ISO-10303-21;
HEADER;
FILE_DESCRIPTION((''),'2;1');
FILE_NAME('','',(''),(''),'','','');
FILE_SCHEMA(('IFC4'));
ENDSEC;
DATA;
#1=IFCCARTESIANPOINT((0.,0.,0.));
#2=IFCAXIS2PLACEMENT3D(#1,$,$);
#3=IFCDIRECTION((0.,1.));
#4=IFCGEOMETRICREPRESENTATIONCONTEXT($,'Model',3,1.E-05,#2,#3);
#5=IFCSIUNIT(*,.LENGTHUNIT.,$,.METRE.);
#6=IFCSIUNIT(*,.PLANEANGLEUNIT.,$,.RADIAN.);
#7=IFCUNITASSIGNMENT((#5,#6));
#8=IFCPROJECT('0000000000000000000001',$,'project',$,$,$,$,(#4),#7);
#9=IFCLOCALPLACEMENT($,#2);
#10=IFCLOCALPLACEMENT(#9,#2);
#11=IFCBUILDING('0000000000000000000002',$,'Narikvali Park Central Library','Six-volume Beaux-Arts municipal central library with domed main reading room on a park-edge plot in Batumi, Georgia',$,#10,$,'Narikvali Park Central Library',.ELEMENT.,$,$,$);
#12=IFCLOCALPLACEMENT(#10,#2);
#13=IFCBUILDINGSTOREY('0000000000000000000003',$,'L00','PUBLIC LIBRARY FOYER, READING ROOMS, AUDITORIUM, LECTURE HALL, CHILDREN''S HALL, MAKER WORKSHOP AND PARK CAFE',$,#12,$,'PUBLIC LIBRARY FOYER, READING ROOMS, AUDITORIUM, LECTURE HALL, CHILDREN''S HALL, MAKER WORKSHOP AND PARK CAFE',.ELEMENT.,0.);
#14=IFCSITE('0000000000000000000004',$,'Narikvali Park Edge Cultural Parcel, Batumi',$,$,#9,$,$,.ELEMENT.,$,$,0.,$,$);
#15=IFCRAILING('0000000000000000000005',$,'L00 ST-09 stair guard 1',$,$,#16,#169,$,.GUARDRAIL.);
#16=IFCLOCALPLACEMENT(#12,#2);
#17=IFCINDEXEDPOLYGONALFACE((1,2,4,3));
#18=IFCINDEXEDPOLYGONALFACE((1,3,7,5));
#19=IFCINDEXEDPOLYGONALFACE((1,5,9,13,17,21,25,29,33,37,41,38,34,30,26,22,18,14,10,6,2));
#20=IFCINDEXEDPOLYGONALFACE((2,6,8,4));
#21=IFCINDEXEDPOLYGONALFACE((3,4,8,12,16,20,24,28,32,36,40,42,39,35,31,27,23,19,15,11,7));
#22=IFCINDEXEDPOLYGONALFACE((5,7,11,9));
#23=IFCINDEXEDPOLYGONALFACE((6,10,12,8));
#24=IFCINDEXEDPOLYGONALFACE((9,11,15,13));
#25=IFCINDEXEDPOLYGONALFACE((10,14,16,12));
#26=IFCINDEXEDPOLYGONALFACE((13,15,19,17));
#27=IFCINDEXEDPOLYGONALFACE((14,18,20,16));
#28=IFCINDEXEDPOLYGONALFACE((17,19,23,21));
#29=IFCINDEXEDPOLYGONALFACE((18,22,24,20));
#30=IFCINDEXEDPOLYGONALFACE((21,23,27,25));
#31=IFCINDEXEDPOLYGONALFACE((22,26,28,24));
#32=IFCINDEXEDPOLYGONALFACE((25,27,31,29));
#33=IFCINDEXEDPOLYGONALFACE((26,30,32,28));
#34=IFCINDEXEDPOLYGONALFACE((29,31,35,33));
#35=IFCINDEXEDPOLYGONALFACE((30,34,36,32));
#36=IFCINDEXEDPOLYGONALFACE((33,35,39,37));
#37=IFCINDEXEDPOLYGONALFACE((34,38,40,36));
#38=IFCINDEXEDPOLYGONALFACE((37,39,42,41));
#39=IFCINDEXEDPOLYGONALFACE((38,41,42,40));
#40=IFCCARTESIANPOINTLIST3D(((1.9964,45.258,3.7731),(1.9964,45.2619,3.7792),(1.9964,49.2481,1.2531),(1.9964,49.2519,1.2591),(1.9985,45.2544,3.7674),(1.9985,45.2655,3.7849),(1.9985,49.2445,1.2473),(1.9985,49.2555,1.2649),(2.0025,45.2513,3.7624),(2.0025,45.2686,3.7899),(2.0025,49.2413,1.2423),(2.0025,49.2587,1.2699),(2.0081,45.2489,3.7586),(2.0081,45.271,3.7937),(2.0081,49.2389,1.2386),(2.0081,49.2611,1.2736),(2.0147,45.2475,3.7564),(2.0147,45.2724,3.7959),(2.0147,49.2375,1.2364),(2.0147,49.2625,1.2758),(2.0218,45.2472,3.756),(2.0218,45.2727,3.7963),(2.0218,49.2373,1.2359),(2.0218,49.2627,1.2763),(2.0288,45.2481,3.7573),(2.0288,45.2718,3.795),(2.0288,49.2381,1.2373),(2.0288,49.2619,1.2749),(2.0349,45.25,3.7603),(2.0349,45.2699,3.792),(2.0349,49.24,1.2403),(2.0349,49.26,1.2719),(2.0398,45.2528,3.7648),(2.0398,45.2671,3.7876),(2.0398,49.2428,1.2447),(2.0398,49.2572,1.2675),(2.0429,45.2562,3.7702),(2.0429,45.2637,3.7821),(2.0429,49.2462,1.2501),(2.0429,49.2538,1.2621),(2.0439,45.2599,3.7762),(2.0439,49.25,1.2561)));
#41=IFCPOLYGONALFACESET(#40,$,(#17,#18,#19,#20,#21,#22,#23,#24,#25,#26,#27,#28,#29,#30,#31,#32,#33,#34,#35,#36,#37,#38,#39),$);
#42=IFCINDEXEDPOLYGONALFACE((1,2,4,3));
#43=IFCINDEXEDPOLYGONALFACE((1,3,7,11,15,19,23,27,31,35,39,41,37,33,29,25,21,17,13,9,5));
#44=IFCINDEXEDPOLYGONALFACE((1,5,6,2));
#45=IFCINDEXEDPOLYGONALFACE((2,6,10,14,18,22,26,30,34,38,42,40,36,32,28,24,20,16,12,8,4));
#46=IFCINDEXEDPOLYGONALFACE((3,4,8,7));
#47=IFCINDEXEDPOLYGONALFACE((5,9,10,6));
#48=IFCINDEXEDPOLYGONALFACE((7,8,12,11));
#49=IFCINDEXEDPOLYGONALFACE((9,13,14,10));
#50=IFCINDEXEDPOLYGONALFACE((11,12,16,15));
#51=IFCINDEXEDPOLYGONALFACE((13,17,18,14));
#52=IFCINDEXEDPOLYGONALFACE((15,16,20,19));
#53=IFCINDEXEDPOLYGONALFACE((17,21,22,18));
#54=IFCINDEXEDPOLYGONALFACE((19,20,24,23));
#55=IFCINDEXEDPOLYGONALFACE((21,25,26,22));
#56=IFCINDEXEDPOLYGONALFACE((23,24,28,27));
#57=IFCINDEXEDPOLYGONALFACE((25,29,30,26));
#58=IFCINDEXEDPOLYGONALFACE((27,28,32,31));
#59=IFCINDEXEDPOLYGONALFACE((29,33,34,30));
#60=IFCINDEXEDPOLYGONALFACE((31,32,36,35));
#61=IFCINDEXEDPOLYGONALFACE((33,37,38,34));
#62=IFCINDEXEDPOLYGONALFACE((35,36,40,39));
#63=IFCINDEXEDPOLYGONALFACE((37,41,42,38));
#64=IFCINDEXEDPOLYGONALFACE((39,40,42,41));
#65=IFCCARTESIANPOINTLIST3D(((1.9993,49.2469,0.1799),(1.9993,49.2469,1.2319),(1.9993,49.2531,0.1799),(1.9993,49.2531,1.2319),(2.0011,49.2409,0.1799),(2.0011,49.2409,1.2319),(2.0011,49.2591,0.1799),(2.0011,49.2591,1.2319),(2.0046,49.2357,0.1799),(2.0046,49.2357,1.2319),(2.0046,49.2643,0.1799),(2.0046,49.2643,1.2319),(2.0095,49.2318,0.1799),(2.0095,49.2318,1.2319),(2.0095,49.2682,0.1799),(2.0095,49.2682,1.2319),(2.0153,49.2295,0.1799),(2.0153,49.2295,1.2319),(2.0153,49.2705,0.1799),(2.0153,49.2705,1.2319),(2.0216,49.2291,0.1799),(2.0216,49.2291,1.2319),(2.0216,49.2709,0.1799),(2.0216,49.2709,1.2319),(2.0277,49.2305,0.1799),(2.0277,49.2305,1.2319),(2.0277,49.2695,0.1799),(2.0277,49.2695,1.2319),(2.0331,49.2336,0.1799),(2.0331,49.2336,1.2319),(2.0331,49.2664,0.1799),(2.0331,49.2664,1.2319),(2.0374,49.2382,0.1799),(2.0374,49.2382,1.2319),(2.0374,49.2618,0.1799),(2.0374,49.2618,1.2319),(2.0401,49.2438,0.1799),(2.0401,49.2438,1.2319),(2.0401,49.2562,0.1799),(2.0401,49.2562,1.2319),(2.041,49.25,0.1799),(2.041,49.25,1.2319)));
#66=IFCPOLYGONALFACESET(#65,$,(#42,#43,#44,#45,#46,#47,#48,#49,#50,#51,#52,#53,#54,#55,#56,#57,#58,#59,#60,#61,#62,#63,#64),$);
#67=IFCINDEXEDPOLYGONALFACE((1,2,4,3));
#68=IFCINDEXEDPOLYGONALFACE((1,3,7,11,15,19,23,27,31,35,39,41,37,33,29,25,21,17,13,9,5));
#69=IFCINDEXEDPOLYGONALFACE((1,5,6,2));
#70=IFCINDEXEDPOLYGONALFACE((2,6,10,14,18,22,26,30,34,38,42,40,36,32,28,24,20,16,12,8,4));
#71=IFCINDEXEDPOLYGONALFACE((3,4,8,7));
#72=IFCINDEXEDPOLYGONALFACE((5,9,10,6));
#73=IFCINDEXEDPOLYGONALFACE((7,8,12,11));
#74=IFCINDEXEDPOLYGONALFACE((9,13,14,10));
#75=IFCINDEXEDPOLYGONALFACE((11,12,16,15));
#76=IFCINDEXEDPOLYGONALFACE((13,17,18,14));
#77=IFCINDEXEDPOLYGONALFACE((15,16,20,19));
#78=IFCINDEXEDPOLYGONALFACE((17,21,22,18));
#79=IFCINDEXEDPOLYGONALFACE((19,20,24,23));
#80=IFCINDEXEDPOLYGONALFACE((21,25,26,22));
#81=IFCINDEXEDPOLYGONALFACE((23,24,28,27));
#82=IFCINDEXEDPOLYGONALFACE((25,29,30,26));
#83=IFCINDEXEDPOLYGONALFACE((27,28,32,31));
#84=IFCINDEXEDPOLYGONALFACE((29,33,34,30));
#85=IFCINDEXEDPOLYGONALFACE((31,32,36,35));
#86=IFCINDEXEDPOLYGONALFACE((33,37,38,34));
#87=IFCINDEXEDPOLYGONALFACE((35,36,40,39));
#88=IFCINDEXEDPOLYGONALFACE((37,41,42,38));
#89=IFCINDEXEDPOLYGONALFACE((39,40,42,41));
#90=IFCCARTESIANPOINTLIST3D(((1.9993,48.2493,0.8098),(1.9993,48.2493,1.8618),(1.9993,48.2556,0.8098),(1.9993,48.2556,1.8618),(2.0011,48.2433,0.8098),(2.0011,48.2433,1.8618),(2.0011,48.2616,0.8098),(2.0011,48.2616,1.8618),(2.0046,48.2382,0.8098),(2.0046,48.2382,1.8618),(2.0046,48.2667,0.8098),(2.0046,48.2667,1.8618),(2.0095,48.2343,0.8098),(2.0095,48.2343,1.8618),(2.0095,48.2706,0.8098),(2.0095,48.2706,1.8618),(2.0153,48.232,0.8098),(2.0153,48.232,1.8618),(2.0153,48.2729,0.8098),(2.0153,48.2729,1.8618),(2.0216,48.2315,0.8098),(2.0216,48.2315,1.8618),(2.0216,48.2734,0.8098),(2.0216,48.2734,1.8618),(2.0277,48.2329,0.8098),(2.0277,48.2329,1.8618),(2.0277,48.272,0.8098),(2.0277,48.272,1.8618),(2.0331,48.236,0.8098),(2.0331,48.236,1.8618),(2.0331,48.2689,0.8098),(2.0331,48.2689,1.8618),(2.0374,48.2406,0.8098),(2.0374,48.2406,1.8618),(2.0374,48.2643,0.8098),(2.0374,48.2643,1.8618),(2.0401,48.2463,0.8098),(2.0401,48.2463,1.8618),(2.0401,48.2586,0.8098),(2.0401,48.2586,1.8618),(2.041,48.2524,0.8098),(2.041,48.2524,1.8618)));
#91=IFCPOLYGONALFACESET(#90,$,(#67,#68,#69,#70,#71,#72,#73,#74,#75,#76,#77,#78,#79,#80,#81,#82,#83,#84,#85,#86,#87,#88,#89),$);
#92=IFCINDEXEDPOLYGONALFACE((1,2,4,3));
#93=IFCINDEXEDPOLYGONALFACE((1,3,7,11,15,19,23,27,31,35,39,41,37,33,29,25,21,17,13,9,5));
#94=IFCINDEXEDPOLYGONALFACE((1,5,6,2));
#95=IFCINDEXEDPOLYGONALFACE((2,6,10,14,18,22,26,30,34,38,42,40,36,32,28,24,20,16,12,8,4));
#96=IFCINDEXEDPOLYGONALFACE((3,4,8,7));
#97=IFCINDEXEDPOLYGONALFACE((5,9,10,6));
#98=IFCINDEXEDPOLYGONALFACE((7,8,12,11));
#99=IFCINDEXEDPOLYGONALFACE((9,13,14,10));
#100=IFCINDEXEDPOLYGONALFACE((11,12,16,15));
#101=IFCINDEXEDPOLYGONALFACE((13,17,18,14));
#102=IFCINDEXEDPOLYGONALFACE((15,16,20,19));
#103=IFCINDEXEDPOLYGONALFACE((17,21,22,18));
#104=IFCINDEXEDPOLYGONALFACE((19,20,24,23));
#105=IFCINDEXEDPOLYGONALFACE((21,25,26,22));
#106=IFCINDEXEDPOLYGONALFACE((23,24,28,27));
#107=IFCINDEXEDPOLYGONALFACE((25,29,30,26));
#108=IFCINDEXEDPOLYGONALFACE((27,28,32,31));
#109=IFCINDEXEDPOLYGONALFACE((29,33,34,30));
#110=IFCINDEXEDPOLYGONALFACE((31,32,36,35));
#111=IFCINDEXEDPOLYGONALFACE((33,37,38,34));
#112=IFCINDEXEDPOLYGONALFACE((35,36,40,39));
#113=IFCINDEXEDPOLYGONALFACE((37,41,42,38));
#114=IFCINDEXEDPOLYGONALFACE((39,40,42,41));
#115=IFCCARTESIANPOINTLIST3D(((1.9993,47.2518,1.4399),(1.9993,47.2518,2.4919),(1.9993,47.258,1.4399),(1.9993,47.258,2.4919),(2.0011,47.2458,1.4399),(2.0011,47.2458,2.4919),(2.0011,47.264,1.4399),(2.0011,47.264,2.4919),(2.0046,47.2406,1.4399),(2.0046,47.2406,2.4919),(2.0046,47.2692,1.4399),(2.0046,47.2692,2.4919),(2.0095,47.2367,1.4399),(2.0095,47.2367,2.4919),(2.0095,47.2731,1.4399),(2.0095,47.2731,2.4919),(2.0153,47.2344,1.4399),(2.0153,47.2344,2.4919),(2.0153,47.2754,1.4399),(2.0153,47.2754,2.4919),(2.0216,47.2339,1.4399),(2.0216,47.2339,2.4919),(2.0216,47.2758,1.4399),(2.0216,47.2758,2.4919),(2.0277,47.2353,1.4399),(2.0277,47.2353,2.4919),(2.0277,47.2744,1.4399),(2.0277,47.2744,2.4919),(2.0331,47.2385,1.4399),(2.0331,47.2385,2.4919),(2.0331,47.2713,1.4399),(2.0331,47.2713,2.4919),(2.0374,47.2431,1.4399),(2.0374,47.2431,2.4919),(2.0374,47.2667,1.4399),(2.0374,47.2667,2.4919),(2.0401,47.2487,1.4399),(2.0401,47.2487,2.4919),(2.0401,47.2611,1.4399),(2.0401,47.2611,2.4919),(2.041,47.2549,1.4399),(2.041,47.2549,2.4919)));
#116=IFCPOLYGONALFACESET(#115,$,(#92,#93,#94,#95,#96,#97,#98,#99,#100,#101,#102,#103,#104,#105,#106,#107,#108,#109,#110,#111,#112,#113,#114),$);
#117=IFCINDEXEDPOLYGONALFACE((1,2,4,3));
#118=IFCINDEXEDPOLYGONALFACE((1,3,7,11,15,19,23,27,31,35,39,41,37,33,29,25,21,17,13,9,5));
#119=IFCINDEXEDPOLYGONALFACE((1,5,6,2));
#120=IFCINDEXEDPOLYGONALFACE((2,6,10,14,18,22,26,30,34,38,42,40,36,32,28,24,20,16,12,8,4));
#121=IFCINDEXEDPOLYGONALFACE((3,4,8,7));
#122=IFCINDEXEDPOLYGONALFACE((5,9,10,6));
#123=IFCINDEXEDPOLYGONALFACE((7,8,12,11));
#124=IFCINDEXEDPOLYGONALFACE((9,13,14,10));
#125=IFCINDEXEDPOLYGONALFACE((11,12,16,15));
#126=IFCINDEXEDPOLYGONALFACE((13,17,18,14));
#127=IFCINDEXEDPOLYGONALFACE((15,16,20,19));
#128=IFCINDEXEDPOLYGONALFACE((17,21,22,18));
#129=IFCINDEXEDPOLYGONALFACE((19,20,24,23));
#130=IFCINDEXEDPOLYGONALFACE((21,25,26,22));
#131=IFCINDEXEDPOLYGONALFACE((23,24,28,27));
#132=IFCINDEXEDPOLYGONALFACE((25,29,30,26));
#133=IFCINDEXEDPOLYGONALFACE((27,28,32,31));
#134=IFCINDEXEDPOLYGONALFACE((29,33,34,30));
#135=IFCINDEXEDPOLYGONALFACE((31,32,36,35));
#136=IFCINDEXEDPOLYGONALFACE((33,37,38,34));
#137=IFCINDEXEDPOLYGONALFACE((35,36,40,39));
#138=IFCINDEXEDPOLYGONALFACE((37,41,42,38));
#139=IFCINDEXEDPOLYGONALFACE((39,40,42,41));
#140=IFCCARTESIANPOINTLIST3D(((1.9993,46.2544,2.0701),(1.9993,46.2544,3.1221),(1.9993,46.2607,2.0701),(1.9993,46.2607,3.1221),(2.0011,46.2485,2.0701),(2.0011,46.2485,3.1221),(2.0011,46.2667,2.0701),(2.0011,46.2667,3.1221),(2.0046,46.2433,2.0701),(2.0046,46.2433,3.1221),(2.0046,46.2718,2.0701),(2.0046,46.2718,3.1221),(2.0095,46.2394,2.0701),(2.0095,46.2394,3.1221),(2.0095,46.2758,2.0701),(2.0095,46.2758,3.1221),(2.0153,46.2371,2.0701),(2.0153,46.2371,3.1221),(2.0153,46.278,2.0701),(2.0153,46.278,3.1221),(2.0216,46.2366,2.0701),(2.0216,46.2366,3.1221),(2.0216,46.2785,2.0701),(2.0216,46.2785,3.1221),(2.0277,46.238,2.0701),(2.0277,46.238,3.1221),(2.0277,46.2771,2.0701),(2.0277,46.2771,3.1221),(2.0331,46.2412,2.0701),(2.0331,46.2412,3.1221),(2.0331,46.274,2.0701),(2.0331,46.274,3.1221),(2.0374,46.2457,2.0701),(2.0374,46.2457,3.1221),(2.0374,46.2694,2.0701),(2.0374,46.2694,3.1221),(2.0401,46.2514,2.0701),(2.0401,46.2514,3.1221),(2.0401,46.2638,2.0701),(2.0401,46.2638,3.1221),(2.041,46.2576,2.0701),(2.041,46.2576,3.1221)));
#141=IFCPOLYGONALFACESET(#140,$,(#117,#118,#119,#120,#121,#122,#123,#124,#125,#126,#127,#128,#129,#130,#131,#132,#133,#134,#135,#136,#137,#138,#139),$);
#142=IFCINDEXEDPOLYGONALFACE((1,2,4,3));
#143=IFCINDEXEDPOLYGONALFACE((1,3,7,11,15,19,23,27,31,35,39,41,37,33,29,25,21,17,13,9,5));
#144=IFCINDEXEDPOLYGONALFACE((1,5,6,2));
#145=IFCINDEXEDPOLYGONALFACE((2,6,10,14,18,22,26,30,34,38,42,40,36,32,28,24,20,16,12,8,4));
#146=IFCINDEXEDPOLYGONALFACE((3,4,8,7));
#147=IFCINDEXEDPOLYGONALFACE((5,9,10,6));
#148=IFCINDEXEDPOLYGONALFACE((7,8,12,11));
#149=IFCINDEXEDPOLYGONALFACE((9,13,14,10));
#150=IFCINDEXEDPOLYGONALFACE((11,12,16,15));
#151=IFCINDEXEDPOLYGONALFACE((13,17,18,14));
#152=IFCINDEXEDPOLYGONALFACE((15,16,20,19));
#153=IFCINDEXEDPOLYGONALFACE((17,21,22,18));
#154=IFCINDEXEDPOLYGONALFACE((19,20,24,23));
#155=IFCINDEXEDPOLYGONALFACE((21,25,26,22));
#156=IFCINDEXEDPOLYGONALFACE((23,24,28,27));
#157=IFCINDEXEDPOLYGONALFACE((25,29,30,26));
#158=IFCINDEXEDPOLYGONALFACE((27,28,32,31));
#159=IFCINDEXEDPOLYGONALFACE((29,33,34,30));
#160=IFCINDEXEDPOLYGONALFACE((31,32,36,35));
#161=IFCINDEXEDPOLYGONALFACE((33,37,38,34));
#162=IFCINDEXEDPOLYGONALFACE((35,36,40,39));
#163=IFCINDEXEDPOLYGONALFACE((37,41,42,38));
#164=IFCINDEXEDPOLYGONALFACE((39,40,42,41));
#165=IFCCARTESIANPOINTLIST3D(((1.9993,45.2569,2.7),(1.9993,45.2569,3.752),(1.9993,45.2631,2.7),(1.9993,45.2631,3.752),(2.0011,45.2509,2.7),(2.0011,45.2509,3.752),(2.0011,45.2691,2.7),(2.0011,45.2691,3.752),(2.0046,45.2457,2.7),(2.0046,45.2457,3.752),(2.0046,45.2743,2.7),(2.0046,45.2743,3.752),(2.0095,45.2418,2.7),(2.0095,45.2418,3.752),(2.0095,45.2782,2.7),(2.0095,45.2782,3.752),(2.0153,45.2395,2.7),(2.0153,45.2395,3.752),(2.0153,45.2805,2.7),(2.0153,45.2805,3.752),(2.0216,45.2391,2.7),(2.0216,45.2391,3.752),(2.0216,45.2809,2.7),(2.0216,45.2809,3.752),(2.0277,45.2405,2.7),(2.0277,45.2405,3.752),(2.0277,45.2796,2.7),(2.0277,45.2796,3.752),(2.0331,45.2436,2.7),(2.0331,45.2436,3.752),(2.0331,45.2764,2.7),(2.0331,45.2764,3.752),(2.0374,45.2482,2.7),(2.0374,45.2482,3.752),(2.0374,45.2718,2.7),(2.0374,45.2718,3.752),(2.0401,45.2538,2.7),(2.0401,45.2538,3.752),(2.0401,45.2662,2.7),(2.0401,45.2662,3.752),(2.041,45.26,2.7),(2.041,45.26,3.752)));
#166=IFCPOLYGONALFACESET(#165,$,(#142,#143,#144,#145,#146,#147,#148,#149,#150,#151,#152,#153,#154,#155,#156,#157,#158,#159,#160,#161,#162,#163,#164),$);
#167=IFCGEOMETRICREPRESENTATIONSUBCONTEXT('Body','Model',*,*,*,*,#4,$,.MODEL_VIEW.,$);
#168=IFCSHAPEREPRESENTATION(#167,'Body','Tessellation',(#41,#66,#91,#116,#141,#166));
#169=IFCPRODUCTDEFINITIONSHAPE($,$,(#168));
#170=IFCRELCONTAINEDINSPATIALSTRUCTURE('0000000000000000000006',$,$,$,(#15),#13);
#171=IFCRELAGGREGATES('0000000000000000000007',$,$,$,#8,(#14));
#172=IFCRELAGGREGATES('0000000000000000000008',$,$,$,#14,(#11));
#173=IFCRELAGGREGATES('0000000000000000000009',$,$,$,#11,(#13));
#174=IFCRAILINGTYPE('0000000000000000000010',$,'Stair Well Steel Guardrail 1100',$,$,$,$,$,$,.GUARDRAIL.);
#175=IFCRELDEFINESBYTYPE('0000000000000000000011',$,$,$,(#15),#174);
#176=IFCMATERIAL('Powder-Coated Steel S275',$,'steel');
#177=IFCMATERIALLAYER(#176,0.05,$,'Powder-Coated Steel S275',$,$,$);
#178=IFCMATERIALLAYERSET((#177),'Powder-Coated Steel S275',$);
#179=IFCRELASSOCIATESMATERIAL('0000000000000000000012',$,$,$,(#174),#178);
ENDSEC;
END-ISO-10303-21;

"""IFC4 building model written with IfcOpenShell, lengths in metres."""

from ifc_helpers import new_model, si_unit, direction, frame, origin, origin_2d, place, context, subcontext, project, spatial, circle, extrude, material, layer, layer_set, type_object, element, save


model = new_model("IFC4")

# Units and contexts
model_context = context("Model", 3, precision=1e-05, world=origin(), true_north=direction((0.0, 1.0)))
body_context = subcontext(model_context, "Body", "Model", "MODEL_VIEW")
ifc_project = project(units=[si_unit("LENGTHUNIT", "METRE"), si_unit("PLANEANGLEUNIT", "RADIAN")], contexts=[model_context])

# Site, building, storey
site_placement = place(None, origin())
site = spatial("IfcSite", under=ifc_project, at=site_placement, Name="Narikvali Park Edge Cultural Parcel, Batumi", CompositionType="ELEMENT", RefElevation=0.0)
building_placement = place(site_placement, origin())
building = spatial("IfcBuilding", under=site, at=building_placement, Name="Narikvali Park Central Library", Description="Six-volume Beaux-Arts municipal central library with domed main reading room on a park-edge plot in Batumi, Georgia", LongName="Narikvali Park Central Library", CompositionType="ELEMENT")
storey_placement = place(building_placement, origin())
storey = spatial("IfcBuildingStorey", under=building, at=storey_placement, Name="L00", Description="PUBLIC LIBRARY FOYER, READING ROOMS, AUDITORIUM, LECTURE HALL, CHILDREN'S HALL, MAKER WORKSHOP AND PARK CAFE", LongName="PUBLIC LIBRARY FOYER, READING ROOMS, AUDITORIUM, LECTURE HALL, CHILDREN'S HALL, MAKER WORKSHOP AND PARK CAFE", CompositionType="ELEMENT", Elevation=0.0)

# Railing
ifc_material_1 = material(Name="Powder-Coated Steel S275", Category="steel")
ifc_layer_1 = layer(ifc_material_1, 0.05, Name="Powder-Coated Steel S275")
ifc_layer_set_1 = layer_set([ifc_layer_1], Name="Powder-Coated Steel S275")
railing_type_1 = type_object("IfcRailingType", Name="Stair Well Steel Guardrail 1100", PredefinedType="GUARDRAIL", material=ifc_layer_set_1)
railing_1_placement = place(storey_placement, frame((2.02, 49.25, 0.1799)))
element("IfcRailing", 1, at=railing_1_placement, inside=storey, type_object=railing_type_1, Name="L00 ST-09 stair guard 1", PredefinedType="GUARDRAIL", context=body_context, shape_type="SweptSolid", body=[
    extrude(circle(Radius=0.0239, at=origin_2d()), frame((0.0, 0.0, 1.0762), z_axis=(0.0, -0.845486, 0.533997), x_axis=(1.0, 0.0, 0.0)), (0.0, 0.0, 1.0), 4.7192),
    extrude(circle(Radius=0.021, at=origin_2d()), origin(), (0.0, 0.0, 1.0), 1.052),
    extrude(circle(Radius=0.021, at=origin_2d()), frame((0.0, -0.9976, 0.6299)), (0.0, 0.0, 1.0), 1.052),
    extrude(circle(Radius=0.021, at=origin_2d()), frame((0.0, -1.9951, 1.26)), (0.0, 0.0, 1.0), 1.052),
    extrude(circle(Radius=0.021, at=origin_2d()), frame((0.0, -2.9924, 1.8901)), (0.0, 0.0, 1.0), 1.052),
    extrude(circle(Radius=0.021, at=origin_2d()), frame((0.0, -3.99, 2.52)), (0.0, 0.0, 1.0), 1.052),
])

save(model, "model.ifc")
